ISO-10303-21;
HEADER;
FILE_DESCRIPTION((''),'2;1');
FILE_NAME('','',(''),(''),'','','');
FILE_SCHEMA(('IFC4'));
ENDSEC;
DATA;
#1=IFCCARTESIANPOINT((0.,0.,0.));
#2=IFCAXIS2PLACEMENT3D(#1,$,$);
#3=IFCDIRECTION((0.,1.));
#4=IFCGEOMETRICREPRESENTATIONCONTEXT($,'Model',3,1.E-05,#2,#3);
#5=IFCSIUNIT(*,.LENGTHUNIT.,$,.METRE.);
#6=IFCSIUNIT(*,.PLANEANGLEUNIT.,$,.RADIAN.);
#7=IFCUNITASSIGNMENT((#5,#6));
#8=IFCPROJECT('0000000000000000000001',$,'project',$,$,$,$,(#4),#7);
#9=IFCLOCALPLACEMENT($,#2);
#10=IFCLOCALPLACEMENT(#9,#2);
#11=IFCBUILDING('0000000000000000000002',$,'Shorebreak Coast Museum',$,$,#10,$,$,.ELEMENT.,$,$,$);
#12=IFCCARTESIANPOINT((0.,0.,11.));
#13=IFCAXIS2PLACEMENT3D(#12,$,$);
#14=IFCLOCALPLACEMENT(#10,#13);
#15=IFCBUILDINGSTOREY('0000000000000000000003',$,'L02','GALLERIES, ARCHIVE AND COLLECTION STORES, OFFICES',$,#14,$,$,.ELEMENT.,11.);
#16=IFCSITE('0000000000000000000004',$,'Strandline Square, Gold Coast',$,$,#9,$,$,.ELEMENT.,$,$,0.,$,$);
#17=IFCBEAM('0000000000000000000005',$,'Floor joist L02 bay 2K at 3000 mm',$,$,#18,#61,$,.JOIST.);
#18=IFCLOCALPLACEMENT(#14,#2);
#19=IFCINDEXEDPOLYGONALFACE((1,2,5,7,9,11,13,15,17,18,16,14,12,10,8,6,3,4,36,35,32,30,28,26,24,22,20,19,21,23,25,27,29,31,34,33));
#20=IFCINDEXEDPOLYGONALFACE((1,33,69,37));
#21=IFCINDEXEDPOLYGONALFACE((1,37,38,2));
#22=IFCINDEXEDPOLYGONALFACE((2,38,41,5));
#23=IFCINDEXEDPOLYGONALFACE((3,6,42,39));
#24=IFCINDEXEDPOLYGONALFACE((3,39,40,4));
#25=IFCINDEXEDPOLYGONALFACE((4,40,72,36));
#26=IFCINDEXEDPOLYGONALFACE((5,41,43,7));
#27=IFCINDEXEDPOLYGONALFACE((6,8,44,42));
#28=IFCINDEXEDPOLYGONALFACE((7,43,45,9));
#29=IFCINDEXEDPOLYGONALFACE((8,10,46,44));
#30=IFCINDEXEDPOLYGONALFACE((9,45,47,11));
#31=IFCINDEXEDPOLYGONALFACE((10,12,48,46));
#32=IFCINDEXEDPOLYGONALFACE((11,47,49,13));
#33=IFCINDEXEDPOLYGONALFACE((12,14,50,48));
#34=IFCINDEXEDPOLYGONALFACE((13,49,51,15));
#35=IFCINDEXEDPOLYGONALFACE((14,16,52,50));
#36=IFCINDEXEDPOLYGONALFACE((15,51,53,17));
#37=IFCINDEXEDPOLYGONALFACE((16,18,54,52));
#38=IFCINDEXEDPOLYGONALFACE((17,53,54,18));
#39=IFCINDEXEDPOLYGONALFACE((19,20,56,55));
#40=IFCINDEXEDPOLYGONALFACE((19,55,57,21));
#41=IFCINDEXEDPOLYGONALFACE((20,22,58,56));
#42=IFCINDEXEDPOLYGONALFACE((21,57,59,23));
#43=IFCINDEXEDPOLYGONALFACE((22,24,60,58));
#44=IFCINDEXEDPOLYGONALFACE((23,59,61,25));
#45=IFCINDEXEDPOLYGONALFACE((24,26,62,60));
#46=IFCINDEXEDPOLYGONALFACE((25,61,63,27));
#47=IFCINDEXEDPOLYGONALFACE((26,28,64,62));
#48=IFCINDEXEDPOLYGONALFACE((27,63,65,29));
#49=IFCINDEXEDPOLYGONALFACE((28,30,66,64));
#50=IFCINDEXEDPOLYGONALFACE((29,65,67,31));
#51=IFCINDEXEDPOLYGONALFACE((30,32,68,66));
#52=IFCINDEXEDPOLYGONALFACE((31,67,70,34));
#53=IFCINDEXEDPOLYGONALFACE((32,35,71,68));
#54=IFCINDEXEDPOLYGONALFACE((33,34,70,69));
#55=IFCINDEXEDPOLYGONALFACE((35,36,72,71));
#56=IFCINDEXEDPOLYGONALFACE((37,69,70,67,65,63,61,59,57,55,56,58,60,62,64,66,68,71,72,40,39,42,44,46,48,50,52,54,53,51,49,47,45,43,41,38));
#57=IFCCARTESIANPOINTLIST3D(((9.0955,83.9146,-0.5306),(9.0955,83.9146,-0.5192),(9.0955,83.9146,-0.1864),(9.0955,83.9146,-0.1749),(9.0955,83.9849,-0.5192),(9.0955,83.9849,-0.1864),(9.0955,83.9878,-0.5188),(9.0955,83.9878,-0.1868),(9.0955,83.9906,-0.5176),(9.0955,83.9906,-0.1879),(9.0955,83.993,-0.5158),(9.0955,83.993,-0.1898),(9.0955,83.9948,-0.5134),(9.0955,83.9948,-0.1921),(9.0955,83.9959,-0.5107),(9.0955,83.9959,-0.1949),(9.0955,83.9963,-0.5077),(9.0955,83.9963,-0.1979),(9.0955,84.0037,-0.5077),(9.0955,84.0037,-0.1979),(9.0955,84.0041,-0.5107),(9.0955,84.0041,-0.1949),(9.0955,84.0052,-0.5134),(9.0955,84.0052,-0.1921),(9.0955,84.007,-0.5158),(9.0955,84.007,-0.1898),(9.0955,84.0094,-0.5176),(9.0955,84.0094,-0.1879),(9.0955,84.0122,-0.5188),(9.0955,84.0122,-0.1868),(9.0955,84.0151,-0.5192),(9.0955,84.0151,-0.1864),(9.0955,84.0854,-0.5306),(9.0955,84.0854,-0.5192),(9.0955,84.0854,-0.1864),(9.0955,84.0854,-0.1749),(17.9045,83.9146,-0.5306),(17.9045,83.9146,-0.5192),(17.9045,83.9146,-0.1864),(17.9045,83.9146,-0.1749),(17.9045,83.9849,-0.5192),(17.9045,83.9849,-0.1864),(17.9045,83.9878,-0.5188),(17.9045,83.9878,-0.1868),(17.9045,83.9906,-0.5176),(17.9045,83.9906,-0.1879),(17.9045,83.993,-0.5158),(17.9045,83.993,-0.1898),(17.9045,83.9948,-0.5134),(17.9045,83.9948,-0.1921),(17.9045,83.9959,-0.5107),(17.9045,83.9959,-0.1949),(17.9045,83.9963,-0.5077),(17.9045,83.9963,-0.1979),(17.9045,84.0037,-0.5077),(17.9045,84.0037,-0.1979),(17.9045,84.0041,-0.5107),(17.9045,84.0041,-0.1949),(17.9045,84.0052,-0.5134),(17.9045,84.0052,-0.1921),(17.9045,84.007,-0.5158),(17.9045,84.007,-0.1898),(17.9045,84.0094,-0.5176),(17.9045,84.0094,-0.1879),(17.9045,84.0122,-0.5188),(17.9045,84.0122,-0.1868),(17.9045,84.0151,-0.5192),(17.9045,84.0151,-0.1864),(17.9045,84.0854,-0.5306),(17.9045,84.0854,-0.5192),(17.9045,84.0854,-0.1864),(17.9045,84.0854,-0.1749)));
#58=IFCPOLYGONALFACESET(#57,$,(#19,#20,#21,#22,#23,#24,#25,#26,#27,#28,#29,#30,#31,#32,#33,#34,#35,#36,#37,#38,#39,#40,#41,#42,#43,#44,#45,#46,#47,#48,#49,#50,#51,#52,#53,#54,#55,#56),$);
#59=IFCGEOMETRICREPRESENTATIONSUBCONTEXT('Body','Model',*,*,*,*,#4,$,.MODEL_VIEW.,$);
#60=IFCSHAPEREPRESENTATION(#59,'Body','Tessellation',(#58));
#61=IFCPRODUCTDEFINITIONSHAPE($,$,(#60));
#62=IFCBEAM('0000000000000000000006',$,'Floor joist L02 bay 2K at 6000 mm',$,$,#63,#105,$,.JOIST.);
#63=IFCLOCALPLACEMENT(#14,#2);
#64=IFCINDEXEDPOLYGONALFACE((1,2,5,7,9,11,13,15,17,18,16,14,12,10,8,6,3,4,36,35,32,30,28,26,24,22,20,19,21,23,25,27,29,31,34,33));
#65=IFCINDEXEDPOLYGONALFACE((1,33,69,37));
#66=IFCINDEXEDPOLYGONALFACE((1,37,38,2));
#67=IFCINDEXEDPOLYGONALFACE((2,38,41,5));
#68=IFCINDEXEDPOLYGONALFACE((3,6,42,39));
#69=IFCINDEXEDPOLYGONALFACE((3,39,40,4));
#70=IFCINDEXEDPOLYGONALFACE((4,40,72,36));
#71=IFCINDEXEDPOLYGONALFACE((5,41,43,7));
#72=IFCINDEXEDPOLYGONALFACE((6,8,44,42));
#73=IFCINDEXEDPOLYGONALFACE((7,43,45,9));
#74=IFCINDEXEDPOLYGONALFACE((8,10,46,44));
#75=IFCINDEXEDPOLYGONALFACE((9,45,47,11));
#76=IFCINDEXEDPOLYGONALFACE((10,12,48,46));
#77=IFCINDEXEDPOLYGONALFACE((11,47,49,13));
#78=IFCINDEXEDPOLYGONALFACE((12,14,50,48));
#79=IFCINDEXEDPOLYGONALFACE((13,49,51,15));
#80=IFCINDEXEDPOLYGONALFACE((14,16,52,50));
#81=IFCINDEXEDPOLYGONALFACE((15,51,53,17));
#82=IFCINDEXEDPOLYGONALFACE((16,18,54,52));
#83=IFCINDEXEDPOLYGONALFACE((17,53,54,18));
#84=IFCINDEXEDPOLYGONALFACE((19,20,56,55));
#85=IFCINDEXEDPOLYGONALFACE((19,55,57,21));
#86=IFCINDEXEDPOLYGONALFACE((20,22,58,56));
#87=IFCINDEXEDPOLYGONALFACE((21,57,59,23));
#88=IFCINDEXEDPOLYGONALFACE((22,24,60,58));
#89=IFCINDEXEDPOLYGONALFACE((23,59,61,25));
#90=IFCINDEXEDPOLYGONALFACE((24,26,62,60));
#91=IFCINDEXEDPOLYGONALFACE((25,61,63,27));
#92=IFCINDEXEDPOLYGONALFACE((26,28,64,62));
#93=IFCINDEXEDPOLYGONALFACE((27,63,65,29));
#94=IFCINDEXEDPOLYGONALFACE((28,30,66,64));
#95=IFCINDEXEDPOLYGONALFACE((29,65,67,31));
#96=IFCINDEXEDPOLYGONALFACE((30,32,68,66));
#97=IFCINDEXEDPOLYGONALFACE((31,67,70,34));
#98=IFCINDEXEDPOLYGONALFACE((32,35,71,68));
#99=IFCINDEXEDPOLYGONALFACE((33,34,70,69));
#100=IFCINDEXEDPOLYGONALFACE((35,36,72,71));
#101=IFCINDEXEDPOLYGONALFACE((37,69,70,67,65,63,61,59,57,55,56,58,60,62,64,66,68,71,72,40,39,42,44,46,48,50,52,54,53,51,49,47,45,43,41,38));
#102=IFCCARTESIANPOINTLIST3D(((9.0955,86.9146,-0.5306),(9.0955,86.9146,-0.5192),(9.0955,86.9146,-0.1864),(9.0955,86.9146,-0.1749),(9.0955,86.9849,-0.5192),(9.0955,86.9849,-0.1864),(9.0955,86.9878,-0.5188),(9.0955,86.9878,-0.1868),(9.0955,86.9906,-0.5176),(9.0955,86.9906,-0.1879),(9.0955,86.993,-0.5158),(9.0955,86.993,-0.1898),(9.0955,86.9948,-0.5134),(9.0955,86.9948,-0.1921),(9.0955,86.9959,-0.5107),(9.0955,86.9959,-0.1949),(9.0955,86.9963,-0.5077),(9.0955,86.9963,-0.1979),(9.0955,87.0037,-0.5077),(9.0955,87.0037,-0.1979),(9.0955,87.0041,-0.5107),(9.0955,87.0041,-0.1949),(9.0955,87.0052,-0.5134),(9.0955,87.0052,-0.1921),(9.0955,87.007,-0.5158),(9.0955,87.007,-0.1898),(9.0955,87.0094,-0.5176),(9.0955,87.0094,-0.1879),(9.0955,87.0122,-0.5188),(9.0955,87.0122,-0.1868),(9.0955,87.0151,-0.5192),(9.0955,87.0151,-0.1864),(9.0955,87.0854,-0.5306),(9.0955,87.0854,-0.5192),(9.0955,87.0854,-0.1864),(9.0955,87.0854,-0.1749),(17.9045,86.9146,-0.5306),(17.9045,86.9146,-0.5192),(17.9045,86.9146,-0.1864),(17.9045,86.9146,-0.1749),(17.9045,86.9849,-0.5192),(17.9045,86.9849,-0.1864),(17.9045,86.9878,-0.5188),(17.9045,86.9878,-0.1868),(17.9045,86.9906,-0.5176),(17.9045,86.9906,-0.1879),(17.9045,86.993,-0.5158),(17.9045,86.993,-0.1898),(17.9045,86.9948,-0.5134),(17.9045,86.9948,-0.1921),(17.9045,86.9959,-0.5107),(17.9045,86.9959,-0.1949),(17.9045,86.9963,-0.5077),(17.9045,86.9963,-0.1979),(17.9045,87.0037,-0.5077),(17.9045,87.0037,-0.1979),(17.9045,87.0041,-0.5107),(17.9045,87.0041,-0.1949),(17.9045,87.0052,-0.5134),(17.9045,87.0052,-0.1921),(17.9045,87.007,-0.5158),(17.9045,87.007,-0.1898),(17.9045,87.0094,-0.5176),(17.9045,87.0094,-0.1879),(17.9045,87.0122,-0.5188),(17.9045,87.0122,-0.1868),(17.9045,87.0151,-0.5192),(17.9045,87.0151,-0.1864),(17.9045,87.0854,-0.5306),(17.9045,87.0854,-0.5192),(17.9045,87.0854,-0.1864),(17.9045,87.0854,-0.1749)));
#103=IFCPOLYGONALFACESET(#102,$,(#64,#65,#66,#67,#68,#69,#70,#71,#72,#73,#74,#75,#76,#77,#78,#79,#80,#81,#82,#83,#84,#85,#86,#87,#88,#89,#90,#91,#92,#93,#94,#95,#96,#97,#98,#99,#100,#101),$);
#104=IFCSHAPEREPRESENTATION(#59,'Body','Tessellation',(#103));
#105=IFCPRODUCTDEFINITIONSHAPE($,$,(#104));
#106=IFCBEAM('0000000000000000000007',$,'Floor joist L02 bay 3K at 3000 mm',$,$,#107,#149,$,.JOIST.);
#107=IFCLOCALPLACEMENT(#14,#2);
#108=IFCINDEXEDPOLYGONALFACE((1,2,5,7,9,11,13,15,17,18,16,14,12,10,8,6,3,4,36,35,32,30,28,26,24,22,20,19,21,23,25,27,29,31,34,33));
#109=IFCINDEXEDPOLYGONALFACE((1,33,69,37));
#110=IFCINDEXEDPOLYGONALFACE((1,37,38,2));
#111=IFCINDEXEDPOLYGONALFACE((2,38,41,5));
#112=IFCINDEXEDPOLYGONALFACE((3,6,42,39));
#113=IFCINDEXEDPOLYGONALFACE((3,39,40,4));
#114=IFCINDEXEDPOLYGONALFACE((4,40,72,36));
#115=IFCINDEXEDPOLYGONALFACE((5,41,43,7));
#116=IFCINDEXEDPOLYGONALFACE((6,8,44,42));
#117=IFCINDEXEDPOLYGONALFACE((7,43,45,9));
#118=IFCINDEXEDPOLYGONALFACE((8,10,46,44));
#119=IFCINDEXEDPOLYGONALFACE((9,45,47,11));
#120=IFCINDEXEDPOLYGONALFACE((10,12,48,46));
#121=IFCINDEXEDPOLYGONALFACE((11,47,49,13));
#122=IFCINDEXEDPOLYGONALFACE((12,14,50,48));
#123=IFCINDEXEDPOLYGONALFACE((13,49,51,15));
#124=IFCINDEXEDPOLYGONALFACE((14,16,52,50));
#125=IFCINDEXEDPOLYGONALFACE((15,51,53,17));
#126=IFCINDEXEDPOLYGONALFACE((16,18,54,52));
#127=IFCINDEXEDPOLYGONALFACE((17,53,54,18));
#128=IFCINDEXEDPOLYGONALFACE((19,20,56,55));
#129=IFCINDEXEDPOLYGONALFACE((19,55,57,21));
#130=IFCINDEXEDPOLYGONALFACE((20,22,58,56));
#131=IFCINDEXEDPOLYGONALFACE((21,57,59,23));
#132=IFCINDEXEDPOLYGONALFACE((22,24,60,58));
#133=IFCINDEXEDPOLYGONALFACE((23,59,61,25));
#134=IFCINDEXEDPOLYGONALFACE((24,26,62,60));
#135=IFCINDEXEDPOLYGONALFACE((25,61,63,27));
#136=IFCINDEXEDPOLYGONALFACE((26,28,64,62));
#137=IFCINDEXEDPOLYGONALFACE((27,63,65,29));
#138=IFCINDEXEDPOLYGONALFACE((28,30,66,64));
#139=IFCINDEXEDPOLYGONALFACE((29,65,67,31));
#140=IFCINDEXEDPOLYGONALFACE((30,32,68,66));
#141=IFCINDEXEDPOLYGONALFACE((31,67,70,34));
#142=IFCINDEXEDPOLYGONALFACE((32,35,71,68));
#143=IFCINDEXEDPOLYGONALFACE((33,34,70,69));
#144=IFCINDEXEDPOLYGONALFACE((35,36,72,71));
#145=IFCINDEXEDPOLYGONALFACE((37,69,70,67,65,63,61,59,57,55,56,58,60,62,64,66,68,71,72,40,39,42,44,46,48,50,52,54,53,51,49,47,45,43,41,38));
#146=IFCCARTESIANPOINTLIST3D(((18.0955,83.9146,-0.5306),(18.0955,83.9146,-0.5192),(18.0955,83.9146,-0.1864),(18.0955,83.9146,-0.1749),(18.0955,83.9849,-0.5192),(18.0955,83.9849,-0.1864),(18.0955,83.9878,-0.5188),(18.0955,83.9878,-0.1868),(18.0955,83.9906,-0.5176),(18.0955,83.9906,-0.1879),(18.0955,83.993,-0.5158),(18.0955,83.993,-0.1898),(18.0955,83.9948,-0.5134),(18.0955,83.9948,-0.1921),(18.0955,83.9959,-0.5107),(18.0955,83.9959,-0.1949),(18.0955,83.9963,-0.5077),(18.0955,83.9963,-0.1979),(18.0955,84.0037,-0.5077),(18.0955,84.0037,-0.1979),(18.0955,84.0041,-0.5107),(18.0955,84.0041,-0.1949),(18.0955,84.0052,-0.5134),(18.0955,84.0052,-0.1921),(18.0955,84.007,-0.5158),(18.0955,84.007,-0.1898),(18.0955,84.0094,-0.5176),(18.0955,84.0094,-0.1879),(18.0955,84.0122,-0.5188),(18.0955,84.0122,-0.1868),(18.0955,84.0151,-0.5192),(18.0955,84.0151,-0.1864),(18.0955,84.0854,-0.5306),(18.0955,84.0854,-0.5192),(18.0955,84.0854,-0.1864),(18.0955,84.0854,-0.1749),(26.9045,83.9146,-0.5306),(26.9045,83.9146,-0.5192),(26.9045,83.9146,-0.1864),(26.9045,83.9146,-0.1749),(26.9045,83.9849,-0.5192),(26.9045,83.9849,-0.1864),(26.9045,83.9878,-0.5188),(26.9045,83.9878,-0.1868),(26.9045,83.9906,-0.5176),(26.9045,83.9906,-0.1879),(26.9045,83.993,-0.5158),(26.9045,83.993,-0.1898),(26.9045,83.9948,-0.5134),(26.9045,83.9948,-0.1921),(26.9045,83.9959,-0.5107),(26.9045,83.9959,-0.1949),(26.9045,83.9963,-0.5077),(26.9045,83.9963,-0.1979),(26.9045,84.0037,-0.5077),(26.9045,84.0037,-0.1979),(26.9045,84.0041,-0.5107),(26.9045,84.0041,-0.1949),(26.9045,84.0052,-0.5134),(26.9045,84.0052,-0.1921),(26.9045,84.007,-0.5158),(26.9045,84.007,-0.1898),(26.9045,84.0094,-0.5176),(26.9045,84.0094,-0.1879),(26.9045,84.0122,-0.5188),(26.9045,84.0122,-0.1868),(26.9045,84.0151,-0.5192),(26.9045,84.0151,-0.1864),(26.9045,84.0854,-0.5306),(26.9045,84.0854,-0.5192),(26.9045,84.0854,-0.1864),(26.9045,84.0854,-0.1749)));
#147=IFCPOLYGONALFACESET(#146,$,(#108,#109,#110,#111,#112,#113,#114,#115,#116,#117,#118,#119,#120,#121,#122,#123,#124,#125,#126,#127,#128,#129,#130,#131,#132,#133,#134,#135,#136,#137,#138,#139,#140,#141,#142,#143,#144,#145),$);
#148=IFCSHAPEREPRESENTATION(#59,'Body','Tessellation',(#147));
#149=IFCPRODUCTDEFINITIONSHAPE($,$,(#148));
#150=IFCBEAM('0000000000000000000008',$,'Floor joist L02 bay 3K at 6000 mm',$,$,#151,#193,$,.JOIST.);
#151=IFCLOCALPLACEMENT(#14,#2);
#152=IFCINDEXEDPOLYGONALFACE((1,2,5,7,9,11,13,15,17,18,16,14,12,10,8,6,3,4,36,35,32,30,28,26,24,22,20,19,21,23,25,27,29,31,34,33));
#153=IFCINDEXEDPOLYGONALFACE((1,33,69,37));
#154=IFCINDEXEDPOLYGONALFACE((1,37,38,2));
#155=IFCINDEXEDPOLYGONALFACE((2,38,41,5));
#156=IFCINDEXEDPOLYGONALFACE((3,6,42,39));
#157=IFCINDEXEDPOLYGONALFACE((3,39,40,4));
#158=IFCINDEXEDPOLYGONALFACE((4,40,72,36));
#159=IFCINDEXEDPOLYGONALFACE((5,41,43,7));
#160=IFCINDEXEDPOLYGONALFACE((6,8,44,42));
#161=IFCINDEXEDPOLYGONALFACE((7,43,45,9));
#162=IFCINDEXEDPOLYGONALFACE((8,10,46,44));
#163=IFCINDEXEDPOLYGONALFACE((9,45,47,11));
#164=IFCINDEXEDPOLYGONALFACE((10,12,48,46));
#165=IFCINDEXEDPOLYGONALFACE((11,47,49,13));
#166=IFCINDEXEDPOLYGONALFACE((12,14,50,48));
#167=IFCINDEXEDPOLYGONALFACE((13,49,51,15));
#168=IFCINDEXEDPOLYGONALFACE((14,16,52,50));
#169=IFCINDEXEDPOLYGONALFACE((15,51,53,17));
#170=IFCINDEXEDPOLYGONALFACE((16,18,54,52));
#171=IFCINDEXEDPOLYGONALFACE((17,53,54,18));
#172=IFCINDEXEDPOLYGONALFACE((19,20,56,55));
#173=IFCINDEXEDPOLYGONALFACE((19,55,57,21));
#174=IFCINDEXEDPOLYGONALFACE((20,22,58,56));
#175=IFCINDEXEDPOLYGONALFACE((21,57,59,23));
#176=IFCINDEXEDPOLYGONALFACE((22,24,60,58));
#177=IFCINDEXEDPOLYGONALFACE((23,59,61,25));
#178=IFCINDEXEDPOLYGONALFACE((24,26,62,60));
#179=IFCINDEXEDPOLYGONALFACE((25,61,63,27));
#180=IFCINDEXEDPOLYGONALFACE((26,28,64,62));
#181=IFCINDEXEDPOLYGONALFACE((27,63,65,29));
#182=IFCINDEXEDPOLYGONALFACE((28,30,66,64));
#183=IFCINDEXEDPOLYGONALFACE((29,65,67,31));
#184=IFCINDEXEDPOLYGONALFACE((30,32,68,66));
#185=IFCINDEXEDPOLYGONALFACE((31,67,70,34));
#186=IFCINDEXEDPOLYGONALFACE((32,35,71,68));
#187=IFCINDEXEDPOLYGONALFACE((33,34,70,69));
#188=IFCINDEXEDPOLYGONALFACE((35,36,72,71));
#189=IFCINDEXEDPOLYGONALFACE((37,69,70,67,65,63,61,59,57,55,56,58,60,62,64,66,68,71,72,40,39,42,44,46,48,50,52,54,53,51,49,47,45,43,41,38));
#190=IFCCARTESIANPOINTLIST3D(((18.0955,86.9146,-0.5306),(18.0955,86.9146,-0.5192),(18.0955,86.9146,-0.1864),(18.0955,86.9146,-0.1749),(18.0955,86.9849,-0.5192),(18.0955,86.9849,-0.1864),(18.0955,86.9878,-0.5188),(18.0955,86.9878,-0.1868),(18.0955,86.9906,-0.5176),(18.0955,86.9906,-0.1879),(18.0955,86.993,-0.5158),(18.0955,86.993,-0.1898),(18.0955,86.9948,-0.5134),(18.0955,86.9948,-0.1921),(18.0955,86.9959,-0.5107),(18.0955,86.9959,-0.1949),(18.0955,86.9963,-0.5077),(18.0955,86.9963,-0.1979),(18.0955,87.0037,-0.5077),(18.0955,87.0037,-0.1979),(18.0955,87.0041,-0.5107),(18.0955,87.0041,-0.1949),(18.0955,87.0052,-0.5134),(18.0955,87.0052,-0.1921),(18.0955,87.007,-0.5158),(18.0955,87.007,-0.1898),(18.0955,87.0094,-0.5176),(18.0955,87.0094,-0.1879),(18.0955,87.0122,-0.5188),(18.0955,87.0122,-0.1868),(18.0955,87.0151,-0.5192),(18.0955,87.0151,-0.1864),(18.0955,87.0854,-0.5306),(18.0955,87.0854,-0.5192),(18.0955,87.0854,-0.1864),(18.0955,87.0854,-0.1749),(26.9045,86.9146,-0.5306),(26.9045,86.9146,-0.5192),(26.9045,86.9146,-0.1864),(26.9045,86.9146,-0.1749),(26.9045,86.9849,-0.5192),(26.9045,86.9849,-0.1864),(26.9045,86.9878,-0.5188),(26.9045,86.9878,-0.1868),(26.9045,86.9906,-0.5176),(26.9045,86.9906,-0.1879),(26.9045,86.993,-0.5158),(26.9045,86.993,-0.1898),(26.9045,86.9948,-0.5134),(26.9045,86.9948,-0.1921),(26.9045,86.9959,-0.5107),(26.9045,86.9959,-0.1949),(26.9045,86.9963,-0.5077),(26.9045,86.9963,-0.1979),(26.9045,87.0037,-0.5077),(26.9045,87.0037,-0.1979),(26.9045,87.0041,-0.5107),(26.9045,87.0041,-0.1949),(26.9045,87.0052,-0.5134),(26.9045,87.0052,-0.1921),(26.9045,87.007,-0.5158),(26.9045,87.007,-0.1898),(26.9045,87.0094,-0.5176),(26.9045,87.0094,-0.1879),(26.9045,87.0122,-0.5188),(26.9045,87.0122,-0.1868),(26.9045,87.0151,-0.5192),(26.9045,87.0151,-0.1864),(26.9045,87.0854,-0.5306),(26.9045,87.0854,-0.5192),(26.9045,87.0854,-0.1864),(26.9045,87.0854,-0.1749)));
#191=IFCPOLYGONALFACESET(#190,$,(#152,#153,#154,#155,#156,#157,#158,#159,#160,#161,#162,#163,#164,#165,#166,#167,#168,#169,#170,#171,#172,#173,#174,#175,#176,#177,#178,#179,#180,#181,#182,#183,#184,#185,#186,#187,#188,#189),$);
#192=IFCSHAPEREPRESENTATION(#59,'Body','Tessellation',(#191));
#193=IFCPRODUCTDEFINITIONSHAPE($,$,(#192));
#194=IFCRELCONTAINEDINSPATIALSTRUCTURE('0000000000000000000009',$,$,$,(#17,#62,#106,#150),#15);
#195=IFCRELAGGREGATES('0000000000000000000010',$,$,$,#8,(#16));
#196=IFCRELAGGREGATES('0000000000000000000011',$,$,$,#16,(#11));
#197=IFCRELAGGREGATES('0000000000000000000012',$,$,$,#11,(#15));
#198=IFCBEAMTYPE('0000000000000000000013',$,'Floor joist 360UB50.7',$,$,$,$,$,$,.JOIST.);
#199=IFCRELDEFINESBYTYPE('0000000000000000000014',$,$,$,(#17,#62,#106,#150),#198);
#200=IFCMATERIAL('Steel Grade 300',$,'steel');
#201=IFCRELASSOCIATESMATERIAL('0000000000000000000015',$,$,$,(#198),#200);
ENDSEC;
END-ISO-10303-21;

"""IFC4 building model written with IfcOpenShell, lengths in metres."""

from ifc_helpers import new_model, si_unit, direction, frame, origin, origin_2d, place, context, subcontext, project, spatial, i_section, extrude, material, material_profile, profile_set, type_object, element, save


model = new_model("IFC4")

# Units and contexts
model_context = context("Model", 3, precision=1e-05, world=origin(), true_north=direction((0.0, 1.0)))
body_context = subcontext(model_context, "Body", "Model", "MODEL_VIEW")
ifc_project = project(units=[si_unit("LENGTHUNIT", "METRE"), si_unit("PLANEANGLEUNIT", "RADIAN")], contexts=[model_context])

# Site, building, storey
site_placement = place(None, origin())
site = spatial("IfcSite", under=ifc_project, at=site_placement, Name="Strandline Square, Gold Coast", CompositionType="ELEMENT", RefElevation=0.0)
building_placement = place(site_placement, origin())
building = spatial("IfcBuilding", under=site, at=building_placement, Name="Shorebreak Coast Museum", CompositionType="ELEMENT")
storey_placement = place(building_placement, frame((0.0, 0.0, 11.0)))
storey = spatial("IfcBuildingStorey", under=building, at=storey_placement, Name="L02", Description="GALLERIES, ARCHIVE AND COLLECTION STORES, OFFICES", CompositionType="ELEMENT", Elevation=11.0)

# Beams
ifc_material_1 = material(Name="Steel Grade 300", Category="steel")
ifc_material_profile_1 = material_profile(ifc_material_1, i_section(OverallWidth=0.1709, OverallDepth=0.3557, WebThickness=0.0073, FlangeThickness=0.0115, FilletRadius=0.0115, at=origin_2d()), Name="360UB50.7")
ifc_profile_set_1 = profile_set([ifc_material_profile_1], Name="Steel Grade 300")
beam_type_1 = type_object("IfcBeamType", Name="Floor joist 360UB50.7", PredefinedType="JOIST", material=ifc_profile_set_1)
for number, where, z_axis, x_axis, name in (
    (1, (9.0955, 84.0, -0.3528), (1.0, 0.0, 0.0), (0.0, 1.0, 0.0), "Floor joist L02 bay 2K at 3000 mm"),
    (2, (9.0955, 87.0, -0.3528), (1.0, 0.0, 0.0), (0.0, 1.0, 0.0), "Floor joist L02 bay 2K at 6000 mm"),
    (3, (18.0955, 84.0, -0.3528), (1.0, 0.0, 0.0), (0.0, 1.0, 0.0), "Floor joist L02 bay 3K at 3000 mm"),
    (4, (18.0955, 87.0, -0.3528), (1.0, 0.0, 0.0), (0.0, 1.0, 0.0), "Floor joist L02 bay 3K at 6000 mm"),
):
    element("IfcBeam", number, at=place(storey_placement, frame(where, z_axis=z_axis, x_axis=x_axis)), inside=storey, type_object=beam_type_1, Name=name, PredefinedType="JOIST", context=body_context, shape_type="SweptSolid", body=[
        extrude(i_section(OverallWidth=0.1709, OverallDepth=0.3557, WebThickness=0.0073, FlangeThickness=0.0115, FilletRadius=0.0115, at=origin_2d()), origin(), (0.0, 0.0, 1.0), 8.8091),
    ])

save(model, "model.ifc")
